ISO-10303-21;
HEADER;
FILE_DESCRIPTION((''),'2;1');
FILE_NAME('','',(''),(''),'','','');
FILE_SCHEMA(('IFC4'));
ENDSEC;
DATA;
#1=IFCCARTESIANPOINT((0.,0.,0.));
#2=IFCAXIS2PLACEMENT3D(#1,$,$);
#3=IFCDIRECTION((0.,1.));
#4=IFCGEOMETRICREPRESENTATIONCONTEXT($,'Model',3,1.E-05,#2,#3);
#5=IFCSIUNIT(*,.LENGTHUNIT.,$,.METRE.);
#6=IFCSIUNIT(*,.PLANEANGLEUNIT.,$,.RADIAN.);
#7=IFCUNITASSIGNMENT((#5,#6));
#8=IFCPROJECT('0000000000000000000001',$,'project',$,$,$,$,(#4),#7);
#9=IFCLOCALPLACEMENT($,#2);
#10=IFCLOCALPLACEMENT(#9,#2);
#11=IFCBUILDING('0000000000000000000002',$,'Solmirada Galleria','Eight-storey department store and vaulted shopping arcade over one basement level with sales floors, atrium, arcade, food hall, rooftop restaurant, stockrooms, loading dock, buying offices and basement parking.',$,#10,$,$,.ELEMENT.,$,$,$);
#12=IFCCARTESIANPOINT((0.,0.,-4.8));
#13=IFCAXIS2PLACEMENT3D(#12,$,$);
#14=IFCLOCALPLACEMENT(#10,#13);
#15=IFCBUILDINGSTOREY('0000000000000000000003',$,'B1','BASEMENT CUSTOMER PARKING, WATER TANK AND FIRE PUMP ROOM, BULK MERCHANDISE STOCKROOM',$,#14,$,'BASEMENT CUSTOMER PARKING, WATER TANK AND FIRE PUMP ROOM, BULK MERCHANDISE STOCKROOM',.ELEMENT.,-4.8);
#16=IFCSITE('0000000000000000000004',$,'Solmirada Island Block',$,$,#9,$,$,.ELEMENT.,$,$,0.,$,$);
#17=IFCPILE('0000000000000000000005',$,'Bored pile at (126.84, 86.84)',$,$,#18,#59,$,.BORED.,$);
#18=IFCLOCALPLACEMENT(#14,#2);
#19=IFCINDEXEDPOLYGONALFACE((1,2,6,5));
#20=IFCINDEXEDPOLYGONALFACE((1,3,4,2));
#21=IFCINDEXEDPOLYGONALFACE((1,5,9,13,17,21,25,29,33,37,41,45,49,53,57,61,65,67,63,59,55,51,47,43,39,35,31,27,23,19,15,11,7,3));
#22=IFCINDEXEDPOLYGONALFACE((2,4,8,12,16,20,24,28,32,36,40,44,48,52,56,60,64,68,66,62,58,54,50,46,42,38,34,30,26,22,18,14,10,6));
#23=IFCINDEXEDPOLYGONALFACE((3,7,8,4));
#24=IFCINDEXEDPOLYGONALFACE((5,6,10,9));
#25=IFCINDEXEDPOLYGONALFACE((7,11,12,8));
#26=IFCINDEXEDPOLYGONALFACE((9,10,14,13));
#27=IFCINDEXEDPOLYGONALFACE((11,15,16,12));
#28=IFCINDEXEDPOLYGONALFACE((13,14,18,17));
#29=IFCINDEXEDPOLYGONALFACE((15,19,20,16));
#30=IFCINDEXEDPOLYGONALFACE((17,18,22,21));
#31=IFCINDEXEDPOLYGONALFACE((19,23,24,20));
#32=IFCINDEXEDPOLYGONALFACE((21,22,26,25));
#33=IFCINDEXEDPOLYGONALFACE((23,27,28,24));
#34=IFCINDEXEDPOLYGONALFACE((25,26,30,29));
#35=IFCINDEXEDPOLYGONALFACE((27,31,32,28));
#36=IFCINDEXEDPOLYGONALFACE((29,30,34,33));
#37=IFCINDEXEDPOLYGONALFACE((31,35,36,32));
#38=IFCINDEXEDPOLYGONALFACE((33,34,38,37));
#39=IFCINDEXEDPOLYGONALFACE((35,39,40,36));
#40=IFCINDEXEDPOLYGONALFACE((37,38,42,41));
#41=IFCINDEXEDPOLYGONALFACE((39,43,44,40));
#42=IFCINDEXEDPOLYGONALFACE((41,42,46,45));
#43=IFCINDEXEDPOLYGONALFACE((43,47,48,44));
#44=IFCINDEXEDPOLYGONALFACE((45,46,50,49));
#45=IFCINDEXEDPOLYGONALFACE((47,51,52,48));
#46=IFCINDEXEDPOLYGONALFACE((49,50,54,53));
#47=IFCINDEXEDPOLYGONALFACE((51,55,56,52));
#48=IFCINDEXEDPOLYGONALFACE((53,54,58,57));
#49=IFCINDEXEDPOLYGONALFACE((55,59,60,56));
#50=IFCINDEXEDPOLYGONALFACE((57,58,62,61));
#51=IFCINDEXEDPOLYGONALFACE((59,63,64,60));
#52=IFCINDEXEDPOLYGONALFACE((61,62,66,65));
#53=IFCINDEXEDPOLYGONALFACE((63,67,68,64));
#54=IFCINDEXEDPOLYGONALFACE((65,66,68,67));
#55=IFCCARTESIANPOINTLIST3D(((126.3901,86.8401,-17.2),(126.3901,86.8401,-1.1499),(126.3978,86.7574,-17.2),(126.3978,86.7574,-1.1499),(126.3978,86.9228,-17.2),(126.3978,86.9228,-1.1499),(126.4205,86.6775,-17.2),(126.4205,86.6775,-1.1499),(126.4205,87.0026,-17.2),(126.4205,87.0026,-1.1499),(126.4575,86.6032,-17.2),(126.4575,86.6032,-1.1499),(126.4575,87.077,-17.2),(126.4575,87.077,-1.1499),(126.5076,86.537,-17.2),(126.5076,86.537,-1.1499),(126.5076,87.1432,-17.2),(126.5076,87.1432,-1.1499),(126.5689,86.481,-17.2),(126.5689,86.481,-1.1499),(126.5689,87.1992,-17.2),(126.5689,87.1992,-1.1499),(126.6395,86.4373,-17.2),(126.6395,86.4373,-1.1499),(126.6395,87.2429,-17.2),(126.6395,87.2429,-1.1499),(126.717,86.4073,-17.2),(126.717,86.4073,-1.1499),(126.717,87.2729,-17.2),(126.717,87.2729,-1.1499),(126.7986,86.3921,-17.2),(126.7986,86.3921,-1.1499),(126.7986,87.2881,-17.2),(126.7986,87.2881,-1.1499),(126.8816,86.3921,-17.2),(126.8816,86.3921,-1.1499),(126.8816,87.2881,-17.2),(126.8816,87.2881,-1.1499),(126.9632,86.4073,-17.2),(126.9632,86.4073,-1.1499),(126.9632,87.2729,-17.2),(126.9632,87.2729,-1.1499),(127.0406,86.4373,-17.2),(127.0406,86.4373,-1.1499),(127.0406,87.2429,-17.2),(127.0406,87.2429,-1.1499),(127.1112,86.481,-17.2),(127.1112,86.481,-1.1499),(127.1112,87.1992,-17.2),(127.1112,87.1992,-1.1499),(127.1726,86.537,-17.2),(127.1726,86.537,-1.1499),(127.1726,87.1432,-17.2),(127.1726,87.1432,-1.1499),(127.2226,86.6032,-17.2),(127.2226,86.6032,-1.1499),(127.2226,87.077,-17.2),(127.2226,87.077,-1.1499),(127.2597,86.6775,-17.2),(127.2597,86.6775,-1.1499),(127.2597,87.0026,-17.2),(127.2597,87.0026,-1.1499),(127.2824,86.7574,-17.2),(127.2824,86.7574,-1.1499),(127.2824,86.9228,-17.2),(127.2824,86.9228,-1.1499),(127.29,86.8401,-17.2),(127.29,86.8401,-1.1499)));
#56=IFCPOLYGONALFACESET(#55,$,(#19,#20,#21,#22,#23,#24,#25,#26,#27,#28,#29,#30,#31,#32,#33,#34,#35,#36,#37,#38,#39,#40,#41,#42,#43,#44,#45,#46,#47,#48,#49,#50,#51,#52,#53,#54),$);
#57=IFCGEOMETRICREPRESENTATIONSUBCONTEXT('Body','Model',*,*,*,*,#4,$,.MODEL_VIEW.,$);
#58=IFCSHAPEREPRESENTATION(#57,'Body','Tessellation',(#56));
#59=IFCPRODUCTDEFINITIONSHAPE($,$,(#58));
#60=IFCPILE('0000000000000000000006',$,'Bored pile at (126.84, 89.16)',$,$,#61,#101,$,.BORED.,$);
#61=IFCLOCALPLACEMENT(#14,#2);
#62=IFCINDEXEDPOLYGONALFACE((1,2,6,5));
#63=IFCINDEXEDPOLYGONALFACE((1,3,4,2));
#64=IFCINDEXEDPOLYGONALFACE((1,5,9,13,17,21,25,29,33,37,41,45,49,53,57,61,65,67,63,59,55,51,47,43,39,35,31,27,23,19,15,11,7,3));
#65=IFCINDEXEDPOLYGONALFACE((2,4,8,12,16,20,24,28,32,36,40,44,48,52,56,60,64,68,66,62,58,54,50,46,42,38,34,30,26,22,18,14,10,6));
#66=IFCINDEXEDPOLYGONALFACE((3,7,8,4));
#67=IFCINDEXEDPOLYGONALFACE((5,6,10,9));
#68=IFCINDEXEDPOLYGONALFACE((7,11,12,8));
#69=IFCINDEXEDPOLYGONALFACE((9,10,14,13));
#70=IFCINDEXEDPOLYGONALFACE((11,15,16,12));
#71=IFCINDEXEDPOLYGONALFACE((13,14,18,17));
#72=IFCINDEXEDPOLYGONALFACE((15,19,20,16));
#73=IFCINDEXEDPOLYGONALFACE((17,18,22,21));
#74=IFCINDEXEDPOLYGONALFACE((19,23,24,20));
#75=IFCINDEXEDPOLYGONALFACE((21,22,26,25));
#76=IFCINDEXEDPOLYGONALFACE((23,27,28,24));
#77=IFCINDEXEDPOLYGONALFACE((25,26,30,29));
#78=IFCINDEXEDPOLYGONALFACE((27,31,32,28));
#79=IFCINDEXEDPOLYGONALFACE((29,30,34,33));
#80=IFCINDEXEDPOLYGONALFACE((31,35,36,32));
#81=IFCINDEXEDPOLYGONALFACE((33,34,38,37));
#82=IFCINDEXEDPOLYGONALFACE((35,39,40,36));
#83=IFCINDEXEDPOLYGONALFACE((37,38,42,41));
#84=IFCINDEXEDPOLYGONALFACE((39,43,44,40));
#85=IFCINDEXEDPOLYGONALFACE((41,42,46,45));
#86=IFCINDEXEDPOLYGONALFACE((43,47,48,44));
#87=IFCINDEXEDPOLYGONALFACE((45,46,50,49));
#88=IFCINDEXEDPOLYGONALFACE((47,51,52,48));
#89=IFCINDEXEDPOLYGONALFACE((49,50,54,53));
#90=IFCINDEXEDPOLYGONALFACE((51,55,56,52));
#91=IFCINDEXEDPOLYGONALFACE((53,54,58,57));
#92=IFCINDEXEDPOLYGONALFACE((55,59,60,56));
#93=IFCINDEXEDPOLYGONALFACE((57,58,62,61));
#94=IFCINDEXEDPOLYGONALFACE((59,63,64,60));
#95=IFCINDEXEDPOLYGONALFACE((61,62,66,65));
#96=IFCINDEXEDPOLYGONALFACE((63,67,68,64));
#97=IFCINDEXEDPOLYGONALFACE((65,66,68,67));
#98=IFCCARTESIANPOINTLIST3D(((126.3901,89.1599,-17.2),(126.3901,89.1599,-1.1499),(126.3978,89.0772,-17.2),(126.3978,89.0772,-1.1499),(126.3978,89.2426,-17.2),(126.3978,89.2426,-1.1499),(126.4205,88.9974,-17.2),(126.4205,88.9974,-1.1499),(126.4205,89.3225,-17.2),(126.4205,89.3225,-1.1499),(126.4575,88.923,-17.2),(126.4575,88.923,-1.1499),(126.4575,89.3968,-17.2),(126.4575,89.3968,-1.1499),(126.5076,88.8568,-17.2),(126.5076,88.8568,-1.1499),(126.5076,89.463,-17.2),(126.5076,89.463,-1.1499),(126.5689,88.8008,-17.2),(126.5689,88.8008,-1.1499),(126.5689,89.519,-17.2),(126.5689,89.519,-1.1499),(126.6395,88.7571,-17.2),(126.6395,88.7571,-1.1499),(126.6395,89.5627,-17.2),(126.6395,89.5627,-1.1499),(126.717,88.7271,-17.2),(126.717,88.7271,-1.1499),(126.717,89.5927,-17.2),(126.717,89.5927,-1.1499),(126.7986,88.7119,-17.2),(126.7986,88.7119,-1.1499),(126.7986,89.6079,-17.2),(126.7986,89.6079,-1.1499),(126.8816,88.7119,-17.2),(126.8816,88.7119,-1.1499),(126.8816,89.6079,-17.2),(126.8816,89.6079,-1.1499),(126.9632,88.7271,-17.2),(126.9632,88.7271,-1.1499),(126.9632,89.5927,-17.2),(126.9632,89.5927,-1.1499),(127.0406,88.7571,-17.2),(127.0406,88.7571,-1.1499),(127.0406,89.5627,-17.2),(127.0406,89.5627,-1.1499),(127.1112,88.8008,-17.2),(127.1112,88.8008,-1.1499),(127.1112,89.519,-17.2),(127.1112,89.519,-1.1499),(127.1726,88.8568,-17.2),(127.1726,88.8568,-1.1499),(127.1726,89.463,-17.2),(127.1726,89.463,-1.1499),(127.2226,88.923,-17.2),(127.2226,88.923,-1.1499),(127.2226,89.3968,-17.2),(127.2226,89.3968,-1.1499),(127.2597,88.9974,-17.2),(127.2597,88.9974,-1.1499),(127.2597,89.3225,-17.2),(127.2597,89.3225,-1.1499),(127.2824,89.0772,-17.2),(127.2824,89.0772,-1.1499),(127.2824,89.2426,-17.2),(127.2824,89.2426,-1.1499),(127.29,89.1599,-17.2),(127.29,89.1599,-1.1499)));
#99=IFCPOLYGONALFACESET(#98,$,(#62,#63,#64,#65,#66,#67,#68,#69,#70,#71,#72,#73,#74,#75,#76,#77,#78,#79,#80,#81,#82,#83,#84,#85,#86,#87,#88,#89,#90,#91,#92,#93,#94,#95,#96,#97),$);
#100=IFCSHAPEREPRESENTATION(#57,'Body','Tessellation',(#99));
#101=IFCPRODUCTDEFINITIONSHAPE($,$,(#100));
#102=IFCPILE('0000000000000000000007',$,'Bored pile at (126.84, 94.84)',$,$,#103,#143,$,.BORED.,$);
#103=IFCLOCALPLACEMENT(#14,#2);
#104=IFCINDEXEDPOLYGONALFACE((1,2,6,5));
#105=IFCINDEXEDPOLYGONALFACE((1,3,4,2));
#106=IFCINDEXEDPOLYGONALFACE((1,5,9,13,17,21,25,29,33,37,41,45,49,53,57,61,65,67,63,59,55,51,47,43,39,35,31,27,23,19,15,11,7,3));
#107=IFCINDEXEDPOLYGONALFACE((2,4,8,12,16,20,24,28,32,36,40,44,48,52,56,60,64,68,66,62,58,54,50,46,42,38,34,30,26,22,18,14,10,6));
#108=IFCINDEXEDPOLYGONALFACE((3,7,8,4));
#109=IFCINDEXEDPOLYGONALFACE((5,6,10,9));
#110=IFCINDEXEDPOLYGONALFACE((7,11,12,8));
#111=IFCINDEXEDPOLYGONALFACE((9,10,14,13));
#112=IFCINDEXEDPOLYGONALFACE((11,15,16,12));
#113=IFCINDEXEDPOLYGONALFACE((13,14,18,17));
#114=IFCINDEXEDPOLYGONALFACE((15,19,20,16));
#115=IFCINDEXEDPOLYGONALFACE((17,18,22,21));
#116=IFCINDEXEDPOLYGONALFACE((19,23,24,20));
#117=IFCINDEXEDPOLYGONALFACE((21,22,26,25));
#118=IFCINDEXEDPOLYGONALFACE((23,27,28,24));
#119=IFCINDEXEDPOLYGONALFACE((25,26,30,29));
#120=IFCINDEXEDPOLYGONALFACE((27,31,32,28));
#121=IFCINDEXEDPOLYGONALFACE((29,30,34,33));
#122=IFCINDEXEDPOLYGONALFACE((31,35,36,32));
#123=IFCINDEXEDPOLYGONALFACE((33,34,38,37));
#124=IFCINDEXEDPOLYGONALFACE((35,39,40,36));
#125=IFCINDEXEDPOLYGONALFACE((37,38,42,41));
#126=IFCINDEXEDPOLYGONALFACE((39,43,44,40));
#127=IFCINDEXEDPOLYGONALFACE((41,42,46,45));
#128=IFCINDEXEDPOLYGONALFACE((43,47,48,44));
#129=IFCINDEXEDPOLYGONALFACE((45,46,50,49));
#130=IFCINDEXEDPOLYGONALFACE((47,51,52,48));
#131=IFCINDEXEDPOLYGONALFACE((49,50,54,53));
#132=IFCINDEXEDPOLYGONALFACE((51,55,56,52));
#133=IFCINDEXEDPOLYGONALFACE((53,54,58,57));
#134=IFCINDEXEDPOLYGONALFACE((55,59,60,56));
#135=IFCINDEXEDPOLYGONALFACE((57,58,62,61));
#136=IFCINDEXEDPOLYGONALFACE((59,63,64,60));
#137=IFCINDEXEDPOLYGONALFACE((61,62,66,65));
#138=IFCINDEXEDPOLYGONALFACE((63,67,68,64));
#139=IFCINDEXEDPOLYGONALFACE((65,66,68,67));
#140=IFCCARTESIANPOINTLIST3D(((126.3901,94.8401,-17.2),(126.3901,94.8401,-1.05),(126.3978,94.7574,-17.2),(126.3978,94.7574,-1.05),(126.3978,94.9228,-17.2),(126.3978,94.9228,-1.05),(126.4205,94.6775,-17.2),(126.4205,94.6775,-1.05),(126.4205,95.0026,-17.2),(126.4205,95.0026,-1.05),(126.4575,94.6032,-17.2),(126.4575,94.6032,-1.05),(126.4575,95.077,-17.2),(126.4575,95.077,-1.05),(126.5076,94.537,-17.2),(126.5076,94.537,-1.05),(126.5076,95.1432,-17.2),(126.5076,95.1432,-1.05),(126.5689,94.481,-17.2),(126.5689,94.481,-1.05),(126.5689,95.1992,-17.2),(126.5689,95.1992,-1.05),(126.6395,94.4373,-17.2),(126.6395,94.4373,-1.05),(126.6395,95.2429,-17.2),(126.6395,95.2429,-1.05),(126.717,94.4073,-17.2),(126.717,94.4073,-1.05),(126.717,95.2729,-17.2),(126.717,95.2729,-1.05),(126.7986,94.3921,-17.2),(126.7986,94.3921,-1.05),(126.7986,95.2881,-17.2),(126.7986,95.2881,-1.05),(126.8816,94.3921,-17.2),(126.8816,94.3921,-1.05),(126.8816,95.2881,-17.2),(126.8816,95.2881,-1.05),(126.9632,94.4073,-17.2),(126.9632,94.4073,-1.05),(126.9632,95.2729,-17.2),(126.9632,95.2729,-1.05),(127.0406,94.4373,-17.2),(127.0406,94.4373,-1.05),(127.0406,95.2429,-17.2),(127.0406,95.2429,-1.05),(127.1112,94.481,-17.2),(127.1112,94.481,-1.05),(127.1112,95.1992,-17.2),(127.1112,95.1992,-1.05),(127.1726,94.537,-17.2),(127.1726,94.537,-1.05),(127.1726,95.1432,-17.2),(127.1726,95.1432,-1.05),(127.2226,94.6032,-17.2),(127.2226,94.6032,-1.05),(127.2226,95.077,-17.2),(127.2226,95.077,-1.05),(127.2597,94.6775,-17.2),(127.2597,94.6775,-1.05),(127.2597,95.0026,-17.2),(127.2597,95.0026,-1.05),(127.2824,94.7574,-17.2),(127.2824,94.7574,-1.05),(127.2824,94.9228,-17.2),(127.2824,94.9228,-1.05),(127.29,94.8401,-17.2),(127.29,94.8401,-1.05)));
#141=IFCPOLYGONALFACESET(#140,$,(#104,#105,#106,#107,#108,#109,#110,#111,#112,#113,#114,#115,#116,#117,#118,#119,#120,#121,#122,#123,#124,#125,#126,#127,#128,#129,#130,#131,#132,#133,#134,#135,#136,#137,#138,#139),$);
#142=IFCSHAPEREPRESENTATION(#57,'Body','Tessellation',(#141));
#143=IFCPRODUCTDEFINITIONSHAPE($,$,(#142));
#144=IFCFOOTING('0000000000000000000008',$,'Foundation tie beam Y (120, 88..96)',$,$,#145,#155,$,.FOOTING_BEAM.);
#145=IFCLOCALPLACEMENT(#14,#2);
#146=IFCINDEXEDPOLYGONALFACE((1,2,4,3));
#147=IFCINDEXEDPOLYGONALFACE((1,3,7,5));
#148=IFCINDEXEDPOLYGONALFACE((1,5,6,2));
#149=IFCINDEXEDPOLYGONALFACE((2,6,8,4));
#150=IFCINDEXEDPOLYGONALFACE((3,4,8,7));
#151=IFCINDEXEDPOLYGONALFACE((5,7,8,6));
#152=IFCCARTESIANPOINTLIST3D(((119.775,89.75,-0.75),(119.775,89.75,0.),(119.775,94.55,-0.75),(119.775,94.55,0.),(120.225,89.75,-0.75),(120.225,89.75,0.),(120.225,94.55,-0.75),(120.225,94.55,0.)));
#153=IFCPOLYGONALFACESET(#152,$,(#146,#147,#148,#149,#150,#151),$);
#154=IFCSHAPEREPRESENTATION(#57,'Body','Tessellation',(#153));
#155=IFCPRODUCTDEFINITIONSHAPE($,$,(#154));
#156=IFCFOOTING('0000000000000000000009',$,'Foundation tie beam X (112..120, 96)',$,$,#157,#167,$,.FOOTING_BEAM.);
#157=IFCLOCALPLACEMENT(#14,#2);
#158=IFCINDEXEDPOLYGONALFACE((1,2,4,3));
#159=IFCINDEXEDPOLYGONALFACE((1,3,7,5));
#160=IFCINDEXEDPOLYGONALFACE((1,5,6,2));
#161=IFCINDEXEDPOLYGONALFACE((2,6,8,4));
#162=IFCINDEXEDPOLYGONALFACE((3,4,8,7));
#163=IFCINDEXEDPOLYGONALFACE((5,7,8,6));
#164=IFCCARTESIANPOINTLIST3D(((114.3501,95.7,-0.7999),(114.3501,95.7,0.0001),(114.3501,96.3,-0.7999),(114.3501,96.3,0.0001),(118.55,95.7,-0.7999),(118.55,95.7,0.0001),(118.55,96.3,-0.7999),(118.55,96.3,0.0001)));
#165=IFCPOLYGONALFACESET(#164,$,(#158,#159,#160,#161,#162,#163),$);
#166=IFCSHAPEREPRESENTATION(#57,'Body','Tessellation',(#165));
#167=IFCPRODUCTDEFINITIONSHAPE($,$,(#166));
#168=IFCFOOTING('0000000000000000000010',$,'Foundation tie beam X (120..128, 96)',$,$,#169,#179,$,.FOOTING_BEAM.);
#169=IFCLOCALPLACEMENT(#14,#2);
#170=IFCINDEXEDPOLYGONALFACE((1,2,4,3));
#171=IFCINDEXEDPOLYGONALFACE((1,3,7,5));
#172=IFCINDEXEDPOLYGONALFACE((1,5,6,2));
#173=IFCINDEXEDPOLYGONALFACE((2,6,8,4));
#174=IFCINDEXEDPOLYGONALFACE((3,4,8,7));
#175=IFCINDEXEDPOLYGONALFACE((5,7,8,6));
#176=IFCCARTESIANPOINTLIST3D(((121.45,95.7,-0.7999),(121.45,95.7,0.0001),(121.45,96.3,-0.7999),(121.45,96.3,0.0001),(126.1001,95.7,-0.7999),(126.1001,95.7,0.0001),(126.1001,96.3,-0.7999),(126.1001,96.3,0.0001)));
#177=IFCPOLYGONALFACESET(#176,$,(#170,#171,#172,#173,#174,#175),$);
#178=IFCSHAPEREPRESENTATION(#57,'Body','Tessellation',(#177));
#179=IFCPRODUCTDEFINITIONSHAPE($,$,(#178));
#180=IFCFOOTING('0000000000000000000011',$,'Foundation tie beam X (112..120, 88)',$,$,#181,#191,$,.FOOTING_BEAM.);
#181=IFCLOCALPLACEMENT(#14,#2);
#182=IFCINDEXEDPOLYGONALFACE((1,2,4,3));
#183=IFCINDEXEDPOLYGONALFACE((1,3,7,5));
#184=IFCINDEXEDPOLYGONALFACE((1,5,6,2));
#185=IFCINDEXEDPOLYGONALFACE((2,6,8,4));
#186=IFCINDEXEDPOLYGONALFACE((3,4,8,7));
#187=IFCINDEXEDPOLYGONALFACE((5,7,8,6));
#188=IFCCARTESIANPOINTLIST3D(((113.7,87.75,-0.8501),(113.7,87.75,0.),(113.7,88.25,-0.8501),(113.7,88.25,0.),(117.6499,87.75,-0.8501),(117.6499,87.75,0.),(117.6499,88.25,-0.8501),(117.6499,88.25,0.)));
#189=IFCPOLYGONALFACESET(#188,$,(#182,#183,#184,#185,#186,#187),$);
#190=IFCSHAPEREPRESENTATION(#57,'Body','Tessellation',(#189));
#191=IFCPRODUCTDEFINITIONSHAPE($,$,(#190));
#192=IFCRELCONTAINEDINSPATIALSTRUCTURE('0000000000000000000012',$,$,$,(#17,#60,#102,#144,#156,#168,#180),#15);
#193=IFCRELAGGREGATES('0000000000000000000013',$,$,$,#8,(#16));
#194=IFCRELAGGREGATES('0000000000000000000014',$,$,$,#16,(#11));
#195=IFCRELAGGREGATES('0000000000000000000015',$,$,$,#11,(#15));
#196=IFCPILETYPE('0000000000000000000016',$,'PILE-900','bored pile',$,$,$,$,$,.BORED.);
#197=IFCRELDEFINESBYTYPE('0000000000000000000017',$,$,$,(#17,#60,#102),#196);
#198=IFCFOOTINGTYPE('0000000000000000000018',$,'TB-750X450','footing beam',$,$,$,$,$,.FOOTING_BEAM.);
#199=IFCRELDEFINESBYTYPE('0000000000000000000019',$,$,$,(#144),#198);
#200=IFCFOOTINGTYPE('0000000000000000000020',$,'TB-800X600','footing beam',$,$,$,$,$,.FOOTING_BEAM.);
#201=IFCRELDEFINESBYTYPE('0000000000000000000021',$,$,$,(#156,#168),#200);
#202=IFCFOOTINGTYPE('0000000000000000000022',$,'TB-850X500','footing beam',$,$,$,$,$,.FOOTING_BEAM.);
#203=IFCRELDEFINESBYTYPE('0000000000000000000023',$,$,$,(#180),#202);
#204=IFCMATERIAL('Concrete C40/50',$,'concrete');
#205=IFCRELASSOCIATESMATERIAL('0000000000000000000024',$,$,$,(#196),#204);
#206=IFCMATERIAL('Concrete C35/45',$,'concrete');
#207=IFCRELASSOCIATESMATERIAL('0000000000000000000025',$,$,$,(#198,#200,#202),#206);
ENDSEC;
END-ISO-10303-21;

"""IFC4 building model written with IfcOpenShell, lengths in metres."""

from ifc_helpers import new_model, si_unit, direction, frame, origin, origin_2d, place, context, subcontext, project, spatial, rectangle, circle, extrude, material, material_profile, profile_set, type_object, element, save


model = new_model("IFC4")

# Units and contexts
model_context = context("Model", 3, precision=1e-05, world=origin(), true_north=direction((0.0, 1.0)))
body_context = subcontext(model_context, "Body", "Model", "MODEL_VIEW")
ifc_project = project(units=[si_unit("LENGTHUNIT", "METRE"), si_unit("PLANEANGLEUNIT", "RADIAN")], contexts=[model_context])

# Site, building, storey
site_placement = place(None, origin())
site = spatial("IfcSite", under=ifc_project, at=site_placement, Name="Solmirada Island Block", CompositionType="ELEMENT", RefElevation=0.0)
building_placement = place(site_placement, origin())
building = spatial("IfcBuilding", under=site, at=building_placement, Name="Solmirada Galleria", Description="Eight-storey department store and vaulted shopping arcade over one basement level with sales floors, atrium, arcade, food hall, rooftop restaurant, stockrooms, loading dock, buying offices and basement parking.", CompositionType="ELEMENT")
storey_placement = place(building_placement, frame((0.0, 0.0, -4.8)))
storey = spatial("IfcBuildingStorey", under=building, at=storey_placement, Name="B1", Description="BASEMENT CUSTOMER PARKING, WATER TANK AND FIRE PUMP ROOM, BULK MERCHANDISE STOCKROOM", LongName="BASEMENT CUSTOMER PARKING, WATER TANK AND FIRE PUMP ROOM, BULK MERCHANDISE STOCKROOM", CompositionType="ELEMENT", Elevation=-4.8)

# Shared definitions
ifc_material_1 = material(Name="Concrete C35/45", Category="concrete")

# Piles
ifc_material_2 = material(Name="Concrete C40/50", Category="concrete")
ifc_material_profile_1 = material_profile(ifc_material_2, circle(Radius=0.45, at=origin_2d()), Name="PILE900")
ifc_profile_set_1 = profile_set([ifc_material_profile_1], Name="Concrete C40/50")
pile_type = type_object("IfcPileType", Name="PILE-900", Description="bored pile", PredefinedType="BORED", material=ifc_profile_set_1)
for number, where, z_axis, x_axis, name in (
    (1, (126.8401, 86.8401, -1.1499), (0.0, 0.0, -1.0), (1.0, 0.0, 0.0), "Bored pile at (126.84, 86.84)"),
    (2, (126.8401, 89.1599, -1.1499), (0.0, 0.0, -1.0), (1.0, 0.0, 0.0), "Bored pile at (126.84, 89.16)"),
):
    element("IfcPile", number, at=place(storey_placement, frame(where, z_axis=z_axis, x_axis=x_axis)), inside=storey, type_object=pile_type, Name=name, PredefinedType="BORED", context=body_context, shape_type="SweptSolid", body=[
        extrude(circle(Radius=0.45, at=origin_2d()), origin(), (0.0, 0.0, 1.0), 16.05),
    ])
pile_1_placement = place(storey_placement, frame((126.8401, 94.8401, -1.05), z_axis=(0.0, 0.0, -1.0), x_axis=(1.0, 0.0, 0.0)))
element("IfcPile", 3, at=pile_1_placement, inside=storey, type_object=pile_type, Name="Bored pile at (126.84, 94.84)", PredefinedType="BORED", context=body_context, shape_type="SweptSolid", body=[
    extrude(circle(Radius=0.45, at=origin_2d()), origin(), (0.0, 0.0, 1.0), 16.1499),
])

# Footings
ifc_material_profile_2 = material_profile(ifc_material_1, rectangle(XDim=0.45, YDim=0.75, at=origin_2d()), Name="RC750X450")
ifc_profile_set_2 = profile_set([ifc_material_profile_2], Name="Concrete C35/45")
footing_type_1 = type_object("IfcFootingType", Name="TB-750X450", Description="footing beam", PredefinedType="FOOTING_BEAM", material=ifc_profile_set_2)
footing_1_placement = place(storey_placement, frame((120.0, 89.75, -0.375), z_axis=(0.0, 1.0, 0.0), x_axis=(-1.0, 0.0, 0.0)))
element("IfcFooting", 4, at=footing_1_placement, inside=storey, type_object=footing_type_1, Name="Foundation tie beam Y (120, 88..96)", PredefinedType="FOOTING_BEAM", context=body_context, shape_type="SweptSolid", body=[
    extrude(rectangle(XDim=0.45, YDim=0.75, at=origin_2d()), origin(), (0.0, 0.0, 1.0), 4.8),
])
ifc_material_profile_3 = material_profile(ifc_material_1, rectangle(XDim=0.6001, YDim=0.8, at=origin_2d()), Name="RC800X600")
ifc_profile_set_3 = profile_set([ifc_material_profile_3], Name="Concrete C35/45")
footing_type_2 = type_object("IfcFootingType", Name="TB-800X600", Description="footing beam", PredefinedType="FOOTING_BEAM", material=ifc_profile_set_3)
footing_2_placement = place(storey_placement, frame((114.3501, 96.0, -0.3999), z_axis=(1.0, 0.0, 0.0), x_axis=(0.0, 1.0, 0.0)))
element("IfcFooting", 5, at=footing_2_placement, inside=storey, type_object=footing_type_2, Name="Foundation tie beam X (112..120, 96)", PredefinedType="FOOTING_BEAM", context=body_context, shape_type="SweptSolid", body=[
    extrude(rectangle(XDim=0.6001, YDim=0.8, at=origin_2d()), origin(), (0.0, 0.0, 1.0), 4.2),
])
footing_3_placement = place(storey_placement, frame((121.45, 96.0, -0.3999), z_axis=(1.0, 0.0, 0.0), x_axis=(0.0, 1.0, 0.0)))
element("IfcFooting", 6, at=footing_3_placement, inside=storey, type_object=footing_type_2, Name="Foundation tie beam X (120..128, 96)", PredefinedType="FOOTING_BEAM", context=body_context, shape_type="SweptSolid", body=[
    extrude(rectangle(XDim=0.6001, YDim=0.8, at=origin_2d()), origin(), (0.0, 0.0, 1.0), 4.6501),
])
ifc_material_profile_4 = material_profile(ifc_material_1, rectangle(XDim=0.5, YDim=0.8501, at=origin_2d()), Name="RC850X500")
ifc_profile_set_4 = profile_set([ifc_material_profile_4], Name="Concrete C35/45")
footing_type_3 = type_object("IfcFootingType", Name="TB-850X500", Description="footing beam", PredefinedType="FOOTING_BEAM", material=ifc_profile_set_4)
footing_4_placement = place(storey_placement, frame((113.7, 88.0, -0.425), z_axis=(1.0, 0.0, 0.0), x_axis=(0.0, 1.0, 0.0)))
element("IfcFooting", 7, at=footing_4_placement, inside=storey, type_object=footing_type_3, Name="Foundation tie beam X (112..120, 88)", PredefinedType="FOOTING_BEAM", context=body_context, shape_type="SweptSolid", body=[
    extrude(rectangle(XDim=0.5, YDim=0.8501, at=origin_2d()), origin(), (0.0, 0.0, 1.0), 3.95),
])

save(model, "model.ifc")
